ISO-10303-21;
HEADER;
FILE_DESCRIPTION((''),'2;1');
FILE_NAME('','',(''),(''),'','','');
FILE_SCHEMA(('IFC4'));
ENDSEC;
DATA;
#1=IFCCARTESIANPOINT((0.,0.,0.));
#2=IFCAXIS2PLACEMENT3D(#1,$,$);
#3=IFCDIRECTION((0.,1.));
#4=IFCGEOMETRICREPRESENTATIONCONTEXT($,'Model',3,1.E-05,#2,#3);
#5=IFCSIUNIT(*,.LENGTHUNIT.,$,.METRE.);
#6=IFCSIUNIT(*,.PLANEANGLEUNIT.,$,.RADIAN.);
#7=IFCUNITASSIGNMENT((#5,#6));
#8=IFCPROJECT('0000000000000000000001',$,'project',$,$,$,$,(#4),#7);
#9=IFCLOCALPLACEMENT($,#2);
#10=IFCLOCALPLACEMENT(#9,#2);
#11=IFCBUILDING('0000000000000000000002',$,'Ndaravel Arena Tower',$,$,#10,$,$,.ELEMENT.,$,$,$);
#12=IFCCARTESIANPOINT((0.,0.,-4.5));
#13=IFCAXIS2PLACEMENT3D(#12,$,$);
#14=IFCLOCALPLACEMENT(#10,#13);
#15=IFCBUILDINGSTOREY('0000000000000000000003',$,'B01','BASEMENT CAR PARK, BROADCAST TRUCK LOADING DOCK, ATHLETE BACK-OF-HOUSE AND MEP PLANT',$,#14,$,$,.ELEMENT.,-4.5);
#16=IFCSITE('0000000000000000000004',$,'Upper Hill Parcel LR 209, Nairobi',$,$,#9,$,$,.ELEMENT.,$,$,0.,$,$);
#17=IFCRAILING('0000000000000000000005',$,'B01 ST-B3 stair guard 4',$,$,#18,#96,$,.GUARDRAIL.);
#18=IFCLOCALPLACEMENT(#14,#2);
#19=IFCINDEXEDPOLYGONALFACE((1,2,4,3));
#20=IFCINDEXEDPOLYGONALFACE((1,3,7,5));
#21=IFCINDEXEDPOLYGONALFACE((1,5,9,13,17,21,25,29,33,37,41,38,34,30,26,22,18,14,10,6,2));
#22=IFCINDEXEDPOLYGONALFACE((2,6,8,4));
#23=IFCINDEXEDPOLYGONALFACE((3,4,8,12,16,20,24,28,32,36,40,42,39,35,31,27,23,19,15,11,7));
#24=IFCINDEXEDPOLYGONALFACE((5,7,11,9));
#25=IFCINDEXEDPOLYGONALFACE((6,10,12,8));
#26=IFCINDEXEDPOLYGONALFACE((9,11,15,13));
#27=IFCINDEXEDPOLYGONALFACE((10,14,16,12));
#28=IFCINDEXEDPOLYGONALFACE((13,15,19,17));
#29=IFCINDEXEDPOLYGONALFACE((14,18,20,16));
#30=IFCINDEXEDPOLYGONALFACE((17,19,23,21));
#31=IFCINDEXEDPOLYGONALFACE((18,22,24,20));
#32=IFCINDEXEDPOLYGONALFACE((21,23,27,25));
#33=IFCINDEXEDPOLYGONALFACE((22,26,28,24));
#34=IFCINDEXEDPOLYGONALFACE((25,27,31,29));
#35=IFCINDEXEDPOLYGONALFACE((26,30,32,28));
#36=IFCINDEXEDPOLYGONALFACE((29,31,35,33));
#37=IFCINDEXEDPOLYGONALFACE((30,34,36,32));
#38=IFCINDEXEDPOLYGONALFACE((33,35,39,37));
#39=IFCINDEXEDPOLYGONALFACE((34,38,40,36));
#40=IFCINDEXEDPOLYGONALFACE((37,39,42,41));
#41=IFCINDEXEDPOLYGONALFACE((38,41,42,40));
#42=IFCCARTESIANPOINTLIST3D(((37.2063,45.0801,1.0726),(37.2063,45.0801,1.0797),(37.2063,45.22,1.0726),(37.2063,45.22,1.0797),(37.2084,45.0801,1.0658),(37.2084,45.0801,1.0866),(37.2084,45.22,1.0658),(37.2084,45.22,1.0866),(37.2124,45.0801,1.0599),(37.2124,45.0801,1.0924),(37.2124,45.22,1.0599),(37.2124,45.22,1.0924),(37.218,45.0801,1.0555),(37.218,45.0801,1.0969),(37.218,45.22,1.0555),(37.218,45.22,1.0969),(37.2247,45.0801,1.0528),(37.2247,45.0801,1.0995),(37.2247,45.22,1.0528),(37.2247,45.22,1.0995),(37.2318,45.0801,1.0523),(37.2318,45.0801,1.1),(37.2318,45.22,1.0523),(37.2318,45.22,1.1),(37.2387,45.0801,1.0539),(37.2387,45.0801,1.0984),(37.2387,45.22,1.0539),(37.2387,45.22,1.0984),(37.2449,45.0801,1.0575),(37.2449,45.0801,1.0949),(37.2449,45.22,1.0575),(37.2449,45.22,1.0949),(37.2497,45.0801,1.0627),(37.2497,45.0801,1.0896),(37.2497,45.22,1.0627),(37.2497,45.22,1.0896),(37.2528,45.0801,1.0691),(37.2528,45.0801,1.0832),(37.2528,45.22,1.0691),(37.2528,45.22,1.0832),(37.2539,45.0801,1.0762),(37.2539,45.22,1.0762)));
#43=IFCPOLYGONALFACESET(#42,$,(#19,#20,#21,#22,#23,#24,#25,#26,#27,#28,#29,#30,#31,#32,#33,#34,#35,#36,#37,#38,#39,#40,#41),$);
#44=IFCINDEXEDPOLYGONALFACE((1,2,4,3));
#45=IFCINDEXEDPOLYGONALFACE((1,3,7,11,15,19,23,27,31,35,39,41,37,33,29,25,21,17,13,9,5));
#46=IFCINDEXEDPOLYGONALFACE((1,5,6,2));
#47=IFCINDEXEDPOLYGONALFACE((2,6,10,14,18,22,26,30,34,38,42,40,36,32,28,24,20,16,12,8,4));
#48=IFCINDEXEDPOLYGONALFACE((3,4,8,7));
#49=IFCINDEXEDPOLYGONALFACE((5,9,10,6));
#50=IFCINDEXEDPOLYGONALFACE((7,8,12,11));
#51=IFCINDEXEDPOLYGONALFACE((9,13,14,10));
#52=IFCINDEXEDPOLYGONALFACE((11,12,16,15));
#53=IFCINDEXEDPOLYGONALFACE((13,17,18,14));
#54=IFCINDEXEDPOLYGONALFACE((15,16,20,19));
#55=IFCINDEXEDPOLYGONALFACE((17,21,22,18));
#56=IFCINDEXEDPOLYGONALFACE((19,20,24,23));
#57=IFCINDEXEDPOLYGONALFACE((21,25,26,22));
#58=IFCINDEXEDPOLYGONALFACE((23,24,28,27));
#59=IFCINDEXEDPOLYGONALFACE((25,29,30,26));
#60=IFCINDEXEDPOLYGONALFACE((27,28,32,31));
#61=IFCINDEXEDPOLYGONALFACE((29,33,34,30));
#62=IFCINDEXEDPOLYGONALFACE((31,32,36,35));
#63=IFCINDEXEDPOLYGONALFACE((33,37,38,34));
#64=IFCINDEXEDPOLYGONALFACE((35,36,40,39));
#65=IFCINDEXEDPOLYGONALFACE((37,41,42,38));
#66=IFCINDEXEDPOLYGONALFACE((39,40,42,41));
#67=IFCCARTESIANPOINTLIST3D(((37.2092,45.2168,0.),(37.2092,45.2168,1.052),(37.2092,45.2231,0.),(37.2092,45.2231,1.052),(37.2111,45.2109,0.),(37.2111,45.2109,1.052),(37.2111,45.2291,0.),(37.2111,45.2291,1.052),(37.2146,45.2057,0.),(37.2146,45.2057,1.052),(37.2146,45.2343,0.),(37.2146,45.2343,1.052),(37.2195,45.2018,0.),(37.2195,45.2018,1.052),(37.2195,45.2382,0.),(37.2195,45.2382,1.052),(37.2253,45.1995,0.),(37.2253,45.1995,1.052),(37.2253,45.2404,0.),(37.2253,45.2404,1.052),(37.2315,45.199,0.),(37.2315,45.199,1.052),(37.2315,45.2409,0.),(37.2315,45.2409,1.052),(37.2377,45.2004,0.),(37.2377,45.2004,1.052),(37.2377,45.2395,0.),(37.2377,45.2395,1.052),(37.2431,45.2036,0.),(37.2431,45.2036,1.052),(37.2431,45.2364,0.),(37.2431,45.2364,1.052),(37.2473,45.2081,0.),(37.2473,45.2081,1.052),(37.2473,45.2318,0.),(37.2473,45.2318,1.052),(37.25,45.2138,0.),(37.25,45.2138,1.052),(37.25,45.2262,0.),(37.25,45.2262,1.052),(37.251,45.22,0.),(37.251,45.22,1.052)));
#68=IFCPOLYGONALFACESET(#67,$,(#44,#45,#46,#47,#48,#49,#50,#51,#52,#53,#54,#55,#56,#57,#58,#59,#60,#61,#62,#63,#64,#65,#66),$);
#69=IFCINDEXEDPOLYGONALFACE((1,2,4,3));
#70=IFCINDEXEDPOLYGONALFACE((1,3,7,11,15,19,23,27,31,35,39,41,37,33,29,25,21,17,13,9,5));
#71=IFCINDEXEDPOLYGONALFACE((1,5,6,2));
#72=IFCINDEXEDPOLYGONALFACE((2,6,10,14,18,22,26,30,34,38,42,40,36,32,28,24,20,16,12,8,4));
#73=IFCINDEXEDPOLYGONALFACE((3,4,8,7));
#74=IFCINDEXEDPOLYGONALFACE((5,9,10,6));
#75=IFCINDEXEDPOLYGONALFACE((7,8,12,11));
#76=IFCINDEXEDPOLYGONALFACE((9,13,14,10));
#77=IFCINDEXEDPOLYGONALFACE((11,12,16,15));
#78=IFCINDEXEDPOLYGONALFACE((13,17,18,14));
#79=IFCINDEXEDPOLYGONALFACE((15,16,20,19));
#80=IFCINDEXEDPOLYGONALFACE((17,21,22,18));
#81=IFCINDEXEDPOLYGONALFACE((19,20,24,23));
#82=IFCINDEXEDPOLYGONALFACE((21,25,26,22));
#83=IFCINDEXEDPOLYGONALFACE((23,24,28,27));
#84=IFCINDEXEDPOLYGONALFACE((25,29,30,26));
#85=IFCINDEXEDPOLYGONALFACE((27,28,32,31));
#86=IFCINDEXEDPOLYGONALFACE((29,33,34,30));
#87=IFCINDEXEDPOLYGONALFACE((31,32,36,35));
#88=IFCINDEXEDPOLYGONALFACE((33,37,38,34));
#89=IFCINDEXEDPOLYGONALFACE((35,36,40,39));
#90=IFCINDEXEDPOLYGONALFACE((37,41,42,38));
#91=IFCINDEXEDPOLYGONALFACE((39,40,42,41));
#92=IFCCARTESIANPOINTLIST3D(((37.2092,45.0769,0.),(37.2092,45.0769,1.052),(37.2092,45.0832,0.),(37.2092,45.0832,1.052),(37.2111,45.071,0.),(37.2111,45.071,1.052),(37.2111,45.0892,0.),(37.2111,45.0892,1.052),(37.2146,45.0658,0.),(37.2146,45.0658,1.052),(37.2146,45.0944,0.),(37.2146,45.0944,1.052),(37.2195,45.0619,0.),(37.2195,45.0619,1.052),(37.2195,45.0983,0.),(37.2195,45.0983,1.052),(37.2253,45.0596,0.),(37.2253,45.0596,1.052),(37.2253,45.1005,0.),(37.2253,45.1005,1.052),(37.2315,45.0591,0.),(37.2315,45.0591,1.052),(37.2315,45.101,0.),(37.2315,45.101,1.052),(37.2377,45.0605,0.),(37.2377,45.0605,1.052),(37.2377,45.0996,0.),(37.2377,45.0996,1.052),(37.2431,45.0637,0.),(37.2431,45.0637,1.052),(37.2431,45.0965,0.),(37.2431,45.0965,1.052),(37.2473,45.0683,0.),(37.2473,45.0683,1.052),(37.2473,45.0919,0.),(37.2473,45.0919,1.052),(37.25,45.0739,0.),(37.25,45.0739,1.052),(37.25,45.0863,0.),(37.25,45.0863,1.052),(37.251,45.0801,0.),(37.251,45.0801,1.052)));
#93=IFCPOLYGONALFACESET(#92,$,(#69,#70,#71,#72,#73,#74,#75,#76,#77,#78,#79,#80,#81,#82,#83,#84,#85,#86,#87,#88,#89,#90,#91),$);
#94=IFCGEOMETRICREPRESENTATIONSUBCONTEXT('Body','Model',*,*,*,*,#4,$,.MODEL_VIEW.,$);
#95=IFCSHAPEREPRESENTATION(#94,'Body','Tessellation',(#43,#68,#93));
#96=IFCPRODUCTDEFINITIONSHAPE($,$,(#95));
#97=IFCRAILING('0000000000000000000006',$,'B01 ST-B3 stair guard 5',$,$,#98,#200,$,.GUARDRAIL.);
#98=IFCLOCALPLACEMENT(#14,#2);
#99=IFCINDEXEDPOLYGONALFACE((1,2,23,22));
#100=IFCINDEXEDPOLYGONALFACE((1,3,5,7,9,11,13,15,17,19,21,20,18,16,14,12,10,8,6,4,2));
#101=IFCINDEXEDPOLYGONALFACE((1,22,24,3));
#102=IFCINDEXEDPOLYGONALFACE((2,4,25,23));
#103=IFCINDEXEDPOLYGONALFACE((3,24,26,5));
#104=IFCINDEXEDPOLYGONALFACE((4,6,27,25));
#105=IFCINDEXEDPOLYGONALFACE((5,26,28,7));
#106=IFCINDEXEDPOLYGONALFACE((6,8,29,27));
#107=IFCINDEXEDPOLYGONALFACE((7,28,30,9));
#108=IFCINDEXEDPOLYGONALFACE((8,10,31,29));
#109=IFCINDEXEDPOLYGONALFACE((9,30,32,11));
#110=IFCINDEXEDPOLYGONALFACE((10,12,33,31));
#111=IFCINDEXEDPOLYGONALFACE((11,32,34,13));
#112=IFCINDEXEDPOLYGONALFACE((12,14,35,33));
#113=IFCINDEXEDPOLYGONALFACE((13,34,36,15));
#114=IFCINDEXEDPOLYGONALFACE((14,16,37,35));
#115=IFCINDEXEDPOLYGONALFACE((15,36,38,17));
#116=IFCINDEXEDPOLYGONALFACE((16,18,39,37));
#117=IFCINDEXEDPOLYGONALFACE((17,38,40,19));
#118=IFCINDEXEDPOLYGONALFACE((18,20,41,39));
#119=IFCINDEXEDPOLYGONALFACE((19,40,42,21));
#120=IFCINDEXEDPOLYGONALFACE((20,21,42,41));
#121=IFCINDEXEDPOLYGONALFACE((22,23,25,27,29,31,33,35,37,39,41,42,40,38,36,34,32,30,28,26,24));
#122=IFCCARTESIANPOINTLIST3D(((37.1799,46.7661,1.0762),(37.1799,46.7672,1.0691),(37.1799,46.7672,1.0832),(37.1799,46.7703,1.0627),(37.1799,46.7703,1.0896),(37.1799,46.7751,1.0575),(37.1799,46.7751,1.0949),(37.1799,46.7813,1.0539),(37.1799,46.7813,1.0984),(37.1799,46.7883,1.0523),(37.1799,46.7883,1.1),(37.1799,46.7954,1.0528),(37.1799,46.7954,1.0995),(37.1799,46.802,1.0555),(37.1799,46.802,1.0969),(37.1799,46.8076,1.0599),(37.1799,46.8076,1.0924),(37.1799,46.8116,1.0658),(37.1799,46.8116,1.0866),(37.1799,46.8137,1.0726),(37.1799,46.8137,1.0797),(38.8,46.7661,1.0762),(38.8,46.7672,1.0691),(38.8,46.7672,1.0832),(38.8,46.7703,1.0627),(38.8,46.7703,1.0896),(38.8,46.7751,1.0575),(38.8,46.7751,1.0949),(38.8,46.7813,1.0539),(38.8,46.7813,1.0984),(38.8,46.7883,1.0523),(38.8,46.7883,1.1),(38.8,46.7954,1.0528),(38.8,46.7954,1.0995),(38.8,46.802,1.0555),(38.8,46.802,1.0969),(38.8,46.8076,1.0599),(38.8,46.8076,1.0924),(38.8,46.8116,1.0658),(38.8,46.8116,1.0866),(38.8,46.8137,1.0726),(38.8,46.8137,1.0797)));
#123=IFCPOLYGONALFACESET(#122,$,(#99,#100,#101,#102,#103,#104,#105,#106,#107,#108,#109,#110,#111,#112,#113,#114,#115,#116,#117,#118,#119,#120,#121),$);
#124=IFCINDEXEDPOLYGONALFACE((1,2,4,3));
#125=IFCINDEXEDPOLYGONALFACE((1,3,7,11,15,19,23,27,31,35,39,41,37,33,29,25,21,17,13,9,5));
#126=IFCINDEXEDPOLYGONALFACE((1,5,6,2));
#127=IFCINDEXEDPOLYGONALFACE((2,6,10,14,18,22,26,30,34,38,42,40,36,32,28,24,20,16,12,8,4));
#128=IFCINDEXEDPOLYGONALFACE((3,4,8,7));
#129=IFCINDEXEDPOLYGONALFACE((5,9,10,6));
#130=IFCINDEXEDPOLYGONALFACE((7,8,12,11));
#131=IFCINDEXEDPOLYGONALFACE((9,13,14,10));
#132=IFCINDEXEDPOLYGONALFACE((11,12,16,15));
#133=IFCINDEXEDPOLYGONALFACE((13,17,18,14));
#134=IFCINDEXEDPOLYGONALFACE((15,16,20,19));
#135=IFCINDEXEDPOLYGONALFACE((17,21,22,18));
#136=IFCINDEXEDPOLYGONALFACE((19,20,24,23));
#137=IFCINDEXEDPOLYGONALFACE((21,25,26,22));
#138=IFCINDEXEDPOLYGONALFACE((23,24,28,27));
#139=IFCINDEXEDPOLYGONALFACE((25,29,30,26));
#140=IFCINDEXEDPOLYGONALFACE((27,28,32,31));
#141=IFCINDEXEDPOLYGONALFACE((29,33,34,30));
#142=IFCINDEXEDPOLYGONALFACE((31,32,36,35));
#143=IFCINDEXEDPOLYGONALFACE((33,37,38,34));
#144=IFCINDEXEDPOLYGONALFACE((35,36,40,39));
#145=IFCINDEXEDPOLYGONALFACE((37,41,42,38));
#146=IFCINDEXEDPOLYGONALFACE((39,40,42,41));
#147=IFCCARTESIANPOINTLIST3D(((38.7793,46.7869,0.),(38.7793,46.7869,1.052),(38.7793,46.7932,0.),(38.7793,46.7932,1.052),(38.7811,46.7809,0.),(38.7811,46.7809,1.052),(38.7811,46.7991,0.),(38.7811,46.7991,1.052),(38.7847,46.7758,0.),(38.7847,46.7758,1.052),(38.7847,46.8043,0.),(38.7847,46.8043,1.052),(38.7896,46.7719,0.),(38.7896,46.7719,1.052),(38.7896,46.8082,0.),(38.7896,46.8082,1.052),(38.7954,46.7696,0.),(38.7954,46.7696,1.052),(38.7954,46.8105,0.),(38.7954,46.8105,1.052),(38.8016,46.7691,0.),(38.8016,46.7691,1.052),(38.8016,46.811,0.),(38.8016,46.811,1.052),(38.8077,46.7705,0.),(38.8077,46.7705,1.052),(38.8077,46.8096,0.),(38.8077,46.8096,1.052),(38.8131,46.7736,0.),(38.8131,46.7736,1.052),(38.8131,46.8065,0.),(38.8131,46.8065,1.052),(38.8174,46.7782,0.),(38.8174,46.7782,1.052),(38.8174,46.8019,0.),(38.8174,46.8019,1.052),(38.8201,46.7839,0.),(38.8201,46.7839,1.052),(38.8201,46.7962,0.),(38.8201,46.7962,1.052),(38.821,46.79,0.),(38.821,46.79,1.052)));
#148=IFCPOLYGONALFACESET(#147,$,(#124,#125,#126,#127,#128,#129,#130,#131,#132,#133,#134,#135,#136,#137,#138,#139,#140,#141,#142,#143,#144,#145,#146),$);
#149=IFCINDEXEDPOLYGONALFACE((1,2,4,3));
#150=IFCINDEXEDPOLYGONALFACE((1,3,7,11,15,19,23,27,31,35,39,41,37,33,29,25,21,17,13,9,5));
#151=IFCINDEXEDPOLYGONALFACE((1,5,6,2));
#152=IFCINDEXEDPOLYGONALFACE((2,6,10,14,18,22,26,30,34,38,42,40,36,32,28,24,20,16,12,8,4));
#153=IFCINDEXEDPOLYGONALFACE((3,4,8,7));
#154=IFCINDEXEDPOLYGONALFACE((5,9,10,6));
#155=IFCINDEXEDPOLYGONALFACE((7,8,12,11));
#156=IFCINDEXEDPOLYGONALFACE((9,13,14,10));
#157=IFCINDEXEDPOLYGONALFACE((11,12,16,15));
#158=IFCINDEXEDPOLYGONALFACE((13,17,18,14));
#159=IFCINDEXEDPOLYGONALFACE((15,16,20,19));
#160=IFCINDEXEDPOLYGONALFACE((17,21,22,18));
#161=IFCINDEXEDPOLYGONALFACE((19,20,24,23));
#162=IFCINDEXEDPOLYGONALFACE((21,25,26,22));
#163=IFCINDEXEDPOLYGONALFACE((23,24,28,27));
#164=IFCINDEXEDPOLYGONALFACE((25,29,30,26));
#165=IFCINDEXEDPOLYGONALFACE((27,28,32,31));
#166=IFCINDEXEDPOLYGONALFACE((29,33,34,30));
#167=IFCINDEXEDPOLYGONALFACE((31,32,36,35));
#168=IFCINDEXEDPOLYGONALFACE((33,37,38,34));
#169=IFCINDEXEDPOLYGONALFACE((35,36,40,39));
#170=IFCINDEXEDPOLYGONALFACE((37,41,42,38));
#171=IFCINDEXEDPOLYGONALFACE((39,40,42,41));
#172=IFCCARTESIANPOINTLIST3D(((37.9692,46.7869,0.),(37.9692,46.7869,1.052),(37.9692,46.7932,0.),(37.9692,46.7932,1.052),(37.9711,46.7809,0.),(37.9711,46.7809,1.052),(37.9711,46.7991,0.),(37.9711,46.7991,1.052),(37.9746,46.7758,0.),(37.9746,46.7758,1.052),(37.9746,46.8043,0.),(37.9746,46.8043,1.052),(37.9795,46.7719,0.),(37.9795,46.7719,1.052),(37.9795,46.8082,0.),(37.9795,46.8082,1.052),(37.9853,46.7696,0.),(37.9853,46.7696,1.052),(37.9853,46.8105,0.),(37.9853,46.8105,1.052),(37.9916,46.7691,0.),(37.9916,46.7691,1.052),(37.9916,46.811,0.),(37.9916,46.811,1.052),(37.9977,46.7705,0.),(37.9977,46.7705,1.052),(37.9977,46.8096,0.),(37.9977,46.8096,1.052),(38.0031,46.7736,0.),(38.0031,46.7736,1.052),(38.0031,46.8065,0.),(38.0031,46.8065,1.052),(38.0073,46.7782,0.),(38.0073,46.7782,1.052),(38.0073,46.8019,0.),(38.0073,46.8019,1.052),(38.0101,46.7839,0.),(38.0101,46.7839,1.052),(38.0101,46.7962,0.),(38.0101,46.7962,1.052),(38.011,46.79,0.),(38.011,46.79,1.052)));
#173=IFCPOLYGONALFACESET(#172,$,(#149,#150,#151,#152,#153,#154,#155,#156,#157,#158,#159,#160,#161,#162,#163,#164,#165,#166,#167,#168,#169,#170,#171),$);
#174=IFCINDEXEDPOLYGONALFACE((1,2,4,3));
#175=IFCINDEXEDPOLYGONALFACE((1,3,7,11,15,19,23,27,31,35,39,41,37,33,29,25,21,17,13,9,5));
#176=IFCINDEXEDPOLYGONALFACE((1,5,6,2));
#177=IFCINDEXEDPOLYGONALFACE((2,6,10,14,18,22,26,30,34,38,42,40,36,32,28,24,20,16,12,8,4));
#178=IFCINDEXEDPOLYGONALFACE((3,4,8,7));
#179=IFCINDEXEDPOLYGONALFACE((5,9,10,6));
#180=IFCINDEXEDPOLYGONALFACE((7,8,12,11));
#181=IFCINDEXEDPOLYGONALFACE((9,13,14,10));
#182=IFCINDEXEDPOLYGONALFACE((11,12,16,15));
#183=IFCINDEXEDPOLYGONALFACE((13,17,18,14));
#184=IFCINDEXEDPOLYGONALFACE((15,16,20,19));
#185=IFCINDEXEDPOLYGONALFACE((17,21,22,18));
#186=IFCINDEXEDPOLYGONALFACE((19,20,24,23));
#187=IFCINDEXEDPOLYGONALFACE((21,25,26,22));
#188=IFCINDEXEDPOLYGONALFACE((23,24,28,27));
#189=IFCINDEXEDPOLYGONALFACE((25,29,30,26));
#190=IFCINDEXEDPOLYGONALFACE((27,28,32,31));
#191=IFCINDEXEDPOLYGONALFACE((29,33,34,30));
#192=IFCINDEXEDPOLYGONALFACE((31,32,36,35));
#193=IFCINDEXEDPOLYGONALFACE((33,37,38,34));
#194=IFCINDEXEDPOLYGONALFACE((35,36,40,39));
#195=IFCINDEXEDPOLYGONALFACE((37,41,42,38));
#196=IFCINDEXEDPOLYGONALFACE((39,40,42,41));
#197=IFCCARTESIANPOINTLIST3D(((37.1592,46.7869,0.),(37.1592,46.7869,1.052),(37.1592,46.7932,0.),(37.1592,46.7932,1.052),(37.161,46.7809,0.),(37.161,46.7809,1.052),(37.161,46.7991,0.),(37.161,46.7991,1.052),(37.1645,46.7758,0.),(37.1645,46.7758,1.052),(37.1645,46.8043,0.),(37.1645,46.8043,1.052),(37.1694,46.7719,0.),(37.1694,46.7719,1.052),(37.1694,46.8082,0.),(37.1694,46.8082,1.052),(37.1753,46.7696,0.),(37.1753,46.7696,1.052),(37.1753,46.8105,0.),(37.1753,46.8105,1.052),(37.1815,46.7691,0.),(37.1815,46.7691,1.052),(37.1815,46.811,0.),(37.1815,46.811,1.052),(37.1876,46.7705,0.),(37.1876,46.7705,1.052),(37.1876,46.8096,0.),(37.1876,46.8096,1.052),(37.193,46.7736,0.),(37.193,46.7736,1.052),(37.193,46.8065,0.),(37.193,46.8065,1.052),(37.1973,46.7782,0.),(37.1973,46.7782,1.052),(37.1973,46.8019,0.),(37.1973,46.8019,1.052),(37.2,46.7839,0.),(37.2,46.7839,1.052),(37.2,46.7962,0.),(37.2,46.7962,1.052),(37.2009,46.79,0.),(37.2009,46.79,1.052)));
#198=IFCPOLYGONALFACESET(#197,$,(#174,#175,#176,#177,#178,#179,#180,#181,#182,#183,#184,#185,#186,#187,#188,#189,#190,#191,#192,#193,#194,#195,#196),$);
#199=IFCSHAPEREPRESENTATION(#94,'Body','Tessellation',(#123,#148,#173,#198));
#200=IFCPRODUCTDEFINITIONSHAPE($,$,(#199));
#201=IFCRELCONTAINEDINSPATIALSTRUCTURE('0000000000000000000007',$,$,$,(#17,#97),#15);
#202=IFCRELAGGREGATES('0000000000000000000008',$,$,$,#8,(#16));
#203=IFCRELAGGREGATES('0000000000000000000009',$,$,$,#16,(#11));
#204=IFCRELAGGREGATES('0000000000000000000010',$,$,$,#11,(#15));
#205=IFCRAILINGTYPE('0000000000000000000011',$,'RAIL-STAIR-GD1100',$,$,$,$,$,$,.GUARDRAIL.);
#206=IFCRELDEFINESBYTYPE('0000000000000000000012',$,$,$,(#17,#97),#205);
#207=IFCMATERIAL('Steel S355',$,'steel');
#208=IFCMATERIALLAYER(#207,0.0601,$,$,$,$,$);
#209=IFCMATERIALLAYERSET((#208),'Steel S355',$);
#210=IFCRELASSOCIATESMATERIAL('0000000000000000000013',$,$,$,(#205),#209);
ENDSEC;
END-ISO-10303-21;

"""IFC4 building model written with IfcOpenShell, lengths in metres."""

from ifc_helpers import new_model, si_unit, direction, frame, origin, origin_2d, place, context, subcontext, project, spatial, circle, extrude, material, layer, layer_set, type_object, element, save


model = new_model("IFC4")

# Units and contexts
model_context = context("Model", 3, precision=1e-05, world=origin(), true_north=direction((0.0, 1.0)))
body_context = subcontext(model_context, "Body", "Model", "MODEL_VIEW")
ifc_project = project(units=[si_unit("LENGTHUNIT", "METRE"), si_unit("PLANEANGLEUNIT", "RADIAN")], contexts=[model_context])

# Site, building, storey
site_placement = place(None, origin())
site = spatial("IfcSite", under=ifc_project, at=site_placement, Name="Upper Hill Parcel LR 209, Nairobi", CompositionType="ELEMENT", RefElevation=0.0)
building_placement = place(site_placement, origin())
building = spatial("IfcBuilding", under=site, at=building_placement, Name="Ndaravel Arena Tower", CompositionType="ELEMENT")
storey_placement = place(building_placement, frame((0.0, 0.0, -4.5)))
storey = spatial("IfcBuildingStorey", under=building, at=storey_placement, Name="B01", Description="BASEMENT CAR PARK, BROADCAST TRUCK LOADING DOCK, ATHLETE BACK-OF-HOUSE AND MEP PLANT", CompositionType="ELEMENT", Elevation=-4.5)

# Railings
ifc_material_1 = material(Name="Steel S355", Category="steel")
ifc_layer_1 = layer(ifc_material_1, 0.0601)
ifc_layer_set_1 = layer_set([ifc_layer_1], Name="Steel S355")
railing_type_1 = type_object("IfcRailingType", Name="RAIL-STAIR-GD1100", PredefinedType="GUARDRAIL", material=ifc_layer_set_1)
railing_1_placement = place(storey_placement, frame((37.23, 45.22, 0.0)))
element("IfcRailing", 1, at=railing_1_placement, inside=storey, type_object=railing_type_1, Name="B01 ST-B3 stair guard 4", PredefinedType="GUARDRAIL", context=body_context, shape_type="SweptSolid", body=[
    extrude(circle(Radius=0.0239, at=origin_2d()), frame((0.0, 0.0, 1.0762), z_axis=(0.0, -1.0, 0.0), x_axis=(1.0, 0.0, 0.0)), (0.0, 0.0, 1.0), 0.1399),
    extrude(circle(Radius=0.021, at=origin_2d()), origin(), (0.0, 0.0, 1.0), 1.052),
    extrude(circle(Radius=0.021, at=origin_2d()), frame((0.0, -0.1399, 0.0)), (0.0, 0.0, 1.0), 1.052),
])
for number, where, name in (
    (2, (38.8, 46.79, 0.0), "B01 ST-B3 stair guard 5"),
):
    element("IfcRailing", number, at=place(storey_placement, frame(where)), inside=storey, type_object=railing_type_1, Name=name, PredefinedType="GUARDRAIL", context=body_context, shape_type="SweptSolid", body=[
        extrude(circle(Radius=0.0239, at=origin_2d()), frame((0.0, 0.0, 1.0762), z_axis=(-1.0, 0.0, 0.0), x_axis=(0.0, -1.0, 0.0)), (0.0, 0.0, 1.0), 1.6201),
        extrude(circle(Radius=0.021, at=origin_2d()), origin(), (0.0, 0.0, 1.0), 1.052),
        extrude(circle(Radius=0.021, at=origin_2d()), frame((-0.8101, 0.0, 0.0)), (0.0, 0.0, 1.0), 1.052),
        extrude(circle(Radius=0.021, at=origin_2d()), frame((-1.6201, 0.0, 0.0)), (0.0, 0.0, 1.0), 1.052),
    ])

save(model, "model.ifc")
